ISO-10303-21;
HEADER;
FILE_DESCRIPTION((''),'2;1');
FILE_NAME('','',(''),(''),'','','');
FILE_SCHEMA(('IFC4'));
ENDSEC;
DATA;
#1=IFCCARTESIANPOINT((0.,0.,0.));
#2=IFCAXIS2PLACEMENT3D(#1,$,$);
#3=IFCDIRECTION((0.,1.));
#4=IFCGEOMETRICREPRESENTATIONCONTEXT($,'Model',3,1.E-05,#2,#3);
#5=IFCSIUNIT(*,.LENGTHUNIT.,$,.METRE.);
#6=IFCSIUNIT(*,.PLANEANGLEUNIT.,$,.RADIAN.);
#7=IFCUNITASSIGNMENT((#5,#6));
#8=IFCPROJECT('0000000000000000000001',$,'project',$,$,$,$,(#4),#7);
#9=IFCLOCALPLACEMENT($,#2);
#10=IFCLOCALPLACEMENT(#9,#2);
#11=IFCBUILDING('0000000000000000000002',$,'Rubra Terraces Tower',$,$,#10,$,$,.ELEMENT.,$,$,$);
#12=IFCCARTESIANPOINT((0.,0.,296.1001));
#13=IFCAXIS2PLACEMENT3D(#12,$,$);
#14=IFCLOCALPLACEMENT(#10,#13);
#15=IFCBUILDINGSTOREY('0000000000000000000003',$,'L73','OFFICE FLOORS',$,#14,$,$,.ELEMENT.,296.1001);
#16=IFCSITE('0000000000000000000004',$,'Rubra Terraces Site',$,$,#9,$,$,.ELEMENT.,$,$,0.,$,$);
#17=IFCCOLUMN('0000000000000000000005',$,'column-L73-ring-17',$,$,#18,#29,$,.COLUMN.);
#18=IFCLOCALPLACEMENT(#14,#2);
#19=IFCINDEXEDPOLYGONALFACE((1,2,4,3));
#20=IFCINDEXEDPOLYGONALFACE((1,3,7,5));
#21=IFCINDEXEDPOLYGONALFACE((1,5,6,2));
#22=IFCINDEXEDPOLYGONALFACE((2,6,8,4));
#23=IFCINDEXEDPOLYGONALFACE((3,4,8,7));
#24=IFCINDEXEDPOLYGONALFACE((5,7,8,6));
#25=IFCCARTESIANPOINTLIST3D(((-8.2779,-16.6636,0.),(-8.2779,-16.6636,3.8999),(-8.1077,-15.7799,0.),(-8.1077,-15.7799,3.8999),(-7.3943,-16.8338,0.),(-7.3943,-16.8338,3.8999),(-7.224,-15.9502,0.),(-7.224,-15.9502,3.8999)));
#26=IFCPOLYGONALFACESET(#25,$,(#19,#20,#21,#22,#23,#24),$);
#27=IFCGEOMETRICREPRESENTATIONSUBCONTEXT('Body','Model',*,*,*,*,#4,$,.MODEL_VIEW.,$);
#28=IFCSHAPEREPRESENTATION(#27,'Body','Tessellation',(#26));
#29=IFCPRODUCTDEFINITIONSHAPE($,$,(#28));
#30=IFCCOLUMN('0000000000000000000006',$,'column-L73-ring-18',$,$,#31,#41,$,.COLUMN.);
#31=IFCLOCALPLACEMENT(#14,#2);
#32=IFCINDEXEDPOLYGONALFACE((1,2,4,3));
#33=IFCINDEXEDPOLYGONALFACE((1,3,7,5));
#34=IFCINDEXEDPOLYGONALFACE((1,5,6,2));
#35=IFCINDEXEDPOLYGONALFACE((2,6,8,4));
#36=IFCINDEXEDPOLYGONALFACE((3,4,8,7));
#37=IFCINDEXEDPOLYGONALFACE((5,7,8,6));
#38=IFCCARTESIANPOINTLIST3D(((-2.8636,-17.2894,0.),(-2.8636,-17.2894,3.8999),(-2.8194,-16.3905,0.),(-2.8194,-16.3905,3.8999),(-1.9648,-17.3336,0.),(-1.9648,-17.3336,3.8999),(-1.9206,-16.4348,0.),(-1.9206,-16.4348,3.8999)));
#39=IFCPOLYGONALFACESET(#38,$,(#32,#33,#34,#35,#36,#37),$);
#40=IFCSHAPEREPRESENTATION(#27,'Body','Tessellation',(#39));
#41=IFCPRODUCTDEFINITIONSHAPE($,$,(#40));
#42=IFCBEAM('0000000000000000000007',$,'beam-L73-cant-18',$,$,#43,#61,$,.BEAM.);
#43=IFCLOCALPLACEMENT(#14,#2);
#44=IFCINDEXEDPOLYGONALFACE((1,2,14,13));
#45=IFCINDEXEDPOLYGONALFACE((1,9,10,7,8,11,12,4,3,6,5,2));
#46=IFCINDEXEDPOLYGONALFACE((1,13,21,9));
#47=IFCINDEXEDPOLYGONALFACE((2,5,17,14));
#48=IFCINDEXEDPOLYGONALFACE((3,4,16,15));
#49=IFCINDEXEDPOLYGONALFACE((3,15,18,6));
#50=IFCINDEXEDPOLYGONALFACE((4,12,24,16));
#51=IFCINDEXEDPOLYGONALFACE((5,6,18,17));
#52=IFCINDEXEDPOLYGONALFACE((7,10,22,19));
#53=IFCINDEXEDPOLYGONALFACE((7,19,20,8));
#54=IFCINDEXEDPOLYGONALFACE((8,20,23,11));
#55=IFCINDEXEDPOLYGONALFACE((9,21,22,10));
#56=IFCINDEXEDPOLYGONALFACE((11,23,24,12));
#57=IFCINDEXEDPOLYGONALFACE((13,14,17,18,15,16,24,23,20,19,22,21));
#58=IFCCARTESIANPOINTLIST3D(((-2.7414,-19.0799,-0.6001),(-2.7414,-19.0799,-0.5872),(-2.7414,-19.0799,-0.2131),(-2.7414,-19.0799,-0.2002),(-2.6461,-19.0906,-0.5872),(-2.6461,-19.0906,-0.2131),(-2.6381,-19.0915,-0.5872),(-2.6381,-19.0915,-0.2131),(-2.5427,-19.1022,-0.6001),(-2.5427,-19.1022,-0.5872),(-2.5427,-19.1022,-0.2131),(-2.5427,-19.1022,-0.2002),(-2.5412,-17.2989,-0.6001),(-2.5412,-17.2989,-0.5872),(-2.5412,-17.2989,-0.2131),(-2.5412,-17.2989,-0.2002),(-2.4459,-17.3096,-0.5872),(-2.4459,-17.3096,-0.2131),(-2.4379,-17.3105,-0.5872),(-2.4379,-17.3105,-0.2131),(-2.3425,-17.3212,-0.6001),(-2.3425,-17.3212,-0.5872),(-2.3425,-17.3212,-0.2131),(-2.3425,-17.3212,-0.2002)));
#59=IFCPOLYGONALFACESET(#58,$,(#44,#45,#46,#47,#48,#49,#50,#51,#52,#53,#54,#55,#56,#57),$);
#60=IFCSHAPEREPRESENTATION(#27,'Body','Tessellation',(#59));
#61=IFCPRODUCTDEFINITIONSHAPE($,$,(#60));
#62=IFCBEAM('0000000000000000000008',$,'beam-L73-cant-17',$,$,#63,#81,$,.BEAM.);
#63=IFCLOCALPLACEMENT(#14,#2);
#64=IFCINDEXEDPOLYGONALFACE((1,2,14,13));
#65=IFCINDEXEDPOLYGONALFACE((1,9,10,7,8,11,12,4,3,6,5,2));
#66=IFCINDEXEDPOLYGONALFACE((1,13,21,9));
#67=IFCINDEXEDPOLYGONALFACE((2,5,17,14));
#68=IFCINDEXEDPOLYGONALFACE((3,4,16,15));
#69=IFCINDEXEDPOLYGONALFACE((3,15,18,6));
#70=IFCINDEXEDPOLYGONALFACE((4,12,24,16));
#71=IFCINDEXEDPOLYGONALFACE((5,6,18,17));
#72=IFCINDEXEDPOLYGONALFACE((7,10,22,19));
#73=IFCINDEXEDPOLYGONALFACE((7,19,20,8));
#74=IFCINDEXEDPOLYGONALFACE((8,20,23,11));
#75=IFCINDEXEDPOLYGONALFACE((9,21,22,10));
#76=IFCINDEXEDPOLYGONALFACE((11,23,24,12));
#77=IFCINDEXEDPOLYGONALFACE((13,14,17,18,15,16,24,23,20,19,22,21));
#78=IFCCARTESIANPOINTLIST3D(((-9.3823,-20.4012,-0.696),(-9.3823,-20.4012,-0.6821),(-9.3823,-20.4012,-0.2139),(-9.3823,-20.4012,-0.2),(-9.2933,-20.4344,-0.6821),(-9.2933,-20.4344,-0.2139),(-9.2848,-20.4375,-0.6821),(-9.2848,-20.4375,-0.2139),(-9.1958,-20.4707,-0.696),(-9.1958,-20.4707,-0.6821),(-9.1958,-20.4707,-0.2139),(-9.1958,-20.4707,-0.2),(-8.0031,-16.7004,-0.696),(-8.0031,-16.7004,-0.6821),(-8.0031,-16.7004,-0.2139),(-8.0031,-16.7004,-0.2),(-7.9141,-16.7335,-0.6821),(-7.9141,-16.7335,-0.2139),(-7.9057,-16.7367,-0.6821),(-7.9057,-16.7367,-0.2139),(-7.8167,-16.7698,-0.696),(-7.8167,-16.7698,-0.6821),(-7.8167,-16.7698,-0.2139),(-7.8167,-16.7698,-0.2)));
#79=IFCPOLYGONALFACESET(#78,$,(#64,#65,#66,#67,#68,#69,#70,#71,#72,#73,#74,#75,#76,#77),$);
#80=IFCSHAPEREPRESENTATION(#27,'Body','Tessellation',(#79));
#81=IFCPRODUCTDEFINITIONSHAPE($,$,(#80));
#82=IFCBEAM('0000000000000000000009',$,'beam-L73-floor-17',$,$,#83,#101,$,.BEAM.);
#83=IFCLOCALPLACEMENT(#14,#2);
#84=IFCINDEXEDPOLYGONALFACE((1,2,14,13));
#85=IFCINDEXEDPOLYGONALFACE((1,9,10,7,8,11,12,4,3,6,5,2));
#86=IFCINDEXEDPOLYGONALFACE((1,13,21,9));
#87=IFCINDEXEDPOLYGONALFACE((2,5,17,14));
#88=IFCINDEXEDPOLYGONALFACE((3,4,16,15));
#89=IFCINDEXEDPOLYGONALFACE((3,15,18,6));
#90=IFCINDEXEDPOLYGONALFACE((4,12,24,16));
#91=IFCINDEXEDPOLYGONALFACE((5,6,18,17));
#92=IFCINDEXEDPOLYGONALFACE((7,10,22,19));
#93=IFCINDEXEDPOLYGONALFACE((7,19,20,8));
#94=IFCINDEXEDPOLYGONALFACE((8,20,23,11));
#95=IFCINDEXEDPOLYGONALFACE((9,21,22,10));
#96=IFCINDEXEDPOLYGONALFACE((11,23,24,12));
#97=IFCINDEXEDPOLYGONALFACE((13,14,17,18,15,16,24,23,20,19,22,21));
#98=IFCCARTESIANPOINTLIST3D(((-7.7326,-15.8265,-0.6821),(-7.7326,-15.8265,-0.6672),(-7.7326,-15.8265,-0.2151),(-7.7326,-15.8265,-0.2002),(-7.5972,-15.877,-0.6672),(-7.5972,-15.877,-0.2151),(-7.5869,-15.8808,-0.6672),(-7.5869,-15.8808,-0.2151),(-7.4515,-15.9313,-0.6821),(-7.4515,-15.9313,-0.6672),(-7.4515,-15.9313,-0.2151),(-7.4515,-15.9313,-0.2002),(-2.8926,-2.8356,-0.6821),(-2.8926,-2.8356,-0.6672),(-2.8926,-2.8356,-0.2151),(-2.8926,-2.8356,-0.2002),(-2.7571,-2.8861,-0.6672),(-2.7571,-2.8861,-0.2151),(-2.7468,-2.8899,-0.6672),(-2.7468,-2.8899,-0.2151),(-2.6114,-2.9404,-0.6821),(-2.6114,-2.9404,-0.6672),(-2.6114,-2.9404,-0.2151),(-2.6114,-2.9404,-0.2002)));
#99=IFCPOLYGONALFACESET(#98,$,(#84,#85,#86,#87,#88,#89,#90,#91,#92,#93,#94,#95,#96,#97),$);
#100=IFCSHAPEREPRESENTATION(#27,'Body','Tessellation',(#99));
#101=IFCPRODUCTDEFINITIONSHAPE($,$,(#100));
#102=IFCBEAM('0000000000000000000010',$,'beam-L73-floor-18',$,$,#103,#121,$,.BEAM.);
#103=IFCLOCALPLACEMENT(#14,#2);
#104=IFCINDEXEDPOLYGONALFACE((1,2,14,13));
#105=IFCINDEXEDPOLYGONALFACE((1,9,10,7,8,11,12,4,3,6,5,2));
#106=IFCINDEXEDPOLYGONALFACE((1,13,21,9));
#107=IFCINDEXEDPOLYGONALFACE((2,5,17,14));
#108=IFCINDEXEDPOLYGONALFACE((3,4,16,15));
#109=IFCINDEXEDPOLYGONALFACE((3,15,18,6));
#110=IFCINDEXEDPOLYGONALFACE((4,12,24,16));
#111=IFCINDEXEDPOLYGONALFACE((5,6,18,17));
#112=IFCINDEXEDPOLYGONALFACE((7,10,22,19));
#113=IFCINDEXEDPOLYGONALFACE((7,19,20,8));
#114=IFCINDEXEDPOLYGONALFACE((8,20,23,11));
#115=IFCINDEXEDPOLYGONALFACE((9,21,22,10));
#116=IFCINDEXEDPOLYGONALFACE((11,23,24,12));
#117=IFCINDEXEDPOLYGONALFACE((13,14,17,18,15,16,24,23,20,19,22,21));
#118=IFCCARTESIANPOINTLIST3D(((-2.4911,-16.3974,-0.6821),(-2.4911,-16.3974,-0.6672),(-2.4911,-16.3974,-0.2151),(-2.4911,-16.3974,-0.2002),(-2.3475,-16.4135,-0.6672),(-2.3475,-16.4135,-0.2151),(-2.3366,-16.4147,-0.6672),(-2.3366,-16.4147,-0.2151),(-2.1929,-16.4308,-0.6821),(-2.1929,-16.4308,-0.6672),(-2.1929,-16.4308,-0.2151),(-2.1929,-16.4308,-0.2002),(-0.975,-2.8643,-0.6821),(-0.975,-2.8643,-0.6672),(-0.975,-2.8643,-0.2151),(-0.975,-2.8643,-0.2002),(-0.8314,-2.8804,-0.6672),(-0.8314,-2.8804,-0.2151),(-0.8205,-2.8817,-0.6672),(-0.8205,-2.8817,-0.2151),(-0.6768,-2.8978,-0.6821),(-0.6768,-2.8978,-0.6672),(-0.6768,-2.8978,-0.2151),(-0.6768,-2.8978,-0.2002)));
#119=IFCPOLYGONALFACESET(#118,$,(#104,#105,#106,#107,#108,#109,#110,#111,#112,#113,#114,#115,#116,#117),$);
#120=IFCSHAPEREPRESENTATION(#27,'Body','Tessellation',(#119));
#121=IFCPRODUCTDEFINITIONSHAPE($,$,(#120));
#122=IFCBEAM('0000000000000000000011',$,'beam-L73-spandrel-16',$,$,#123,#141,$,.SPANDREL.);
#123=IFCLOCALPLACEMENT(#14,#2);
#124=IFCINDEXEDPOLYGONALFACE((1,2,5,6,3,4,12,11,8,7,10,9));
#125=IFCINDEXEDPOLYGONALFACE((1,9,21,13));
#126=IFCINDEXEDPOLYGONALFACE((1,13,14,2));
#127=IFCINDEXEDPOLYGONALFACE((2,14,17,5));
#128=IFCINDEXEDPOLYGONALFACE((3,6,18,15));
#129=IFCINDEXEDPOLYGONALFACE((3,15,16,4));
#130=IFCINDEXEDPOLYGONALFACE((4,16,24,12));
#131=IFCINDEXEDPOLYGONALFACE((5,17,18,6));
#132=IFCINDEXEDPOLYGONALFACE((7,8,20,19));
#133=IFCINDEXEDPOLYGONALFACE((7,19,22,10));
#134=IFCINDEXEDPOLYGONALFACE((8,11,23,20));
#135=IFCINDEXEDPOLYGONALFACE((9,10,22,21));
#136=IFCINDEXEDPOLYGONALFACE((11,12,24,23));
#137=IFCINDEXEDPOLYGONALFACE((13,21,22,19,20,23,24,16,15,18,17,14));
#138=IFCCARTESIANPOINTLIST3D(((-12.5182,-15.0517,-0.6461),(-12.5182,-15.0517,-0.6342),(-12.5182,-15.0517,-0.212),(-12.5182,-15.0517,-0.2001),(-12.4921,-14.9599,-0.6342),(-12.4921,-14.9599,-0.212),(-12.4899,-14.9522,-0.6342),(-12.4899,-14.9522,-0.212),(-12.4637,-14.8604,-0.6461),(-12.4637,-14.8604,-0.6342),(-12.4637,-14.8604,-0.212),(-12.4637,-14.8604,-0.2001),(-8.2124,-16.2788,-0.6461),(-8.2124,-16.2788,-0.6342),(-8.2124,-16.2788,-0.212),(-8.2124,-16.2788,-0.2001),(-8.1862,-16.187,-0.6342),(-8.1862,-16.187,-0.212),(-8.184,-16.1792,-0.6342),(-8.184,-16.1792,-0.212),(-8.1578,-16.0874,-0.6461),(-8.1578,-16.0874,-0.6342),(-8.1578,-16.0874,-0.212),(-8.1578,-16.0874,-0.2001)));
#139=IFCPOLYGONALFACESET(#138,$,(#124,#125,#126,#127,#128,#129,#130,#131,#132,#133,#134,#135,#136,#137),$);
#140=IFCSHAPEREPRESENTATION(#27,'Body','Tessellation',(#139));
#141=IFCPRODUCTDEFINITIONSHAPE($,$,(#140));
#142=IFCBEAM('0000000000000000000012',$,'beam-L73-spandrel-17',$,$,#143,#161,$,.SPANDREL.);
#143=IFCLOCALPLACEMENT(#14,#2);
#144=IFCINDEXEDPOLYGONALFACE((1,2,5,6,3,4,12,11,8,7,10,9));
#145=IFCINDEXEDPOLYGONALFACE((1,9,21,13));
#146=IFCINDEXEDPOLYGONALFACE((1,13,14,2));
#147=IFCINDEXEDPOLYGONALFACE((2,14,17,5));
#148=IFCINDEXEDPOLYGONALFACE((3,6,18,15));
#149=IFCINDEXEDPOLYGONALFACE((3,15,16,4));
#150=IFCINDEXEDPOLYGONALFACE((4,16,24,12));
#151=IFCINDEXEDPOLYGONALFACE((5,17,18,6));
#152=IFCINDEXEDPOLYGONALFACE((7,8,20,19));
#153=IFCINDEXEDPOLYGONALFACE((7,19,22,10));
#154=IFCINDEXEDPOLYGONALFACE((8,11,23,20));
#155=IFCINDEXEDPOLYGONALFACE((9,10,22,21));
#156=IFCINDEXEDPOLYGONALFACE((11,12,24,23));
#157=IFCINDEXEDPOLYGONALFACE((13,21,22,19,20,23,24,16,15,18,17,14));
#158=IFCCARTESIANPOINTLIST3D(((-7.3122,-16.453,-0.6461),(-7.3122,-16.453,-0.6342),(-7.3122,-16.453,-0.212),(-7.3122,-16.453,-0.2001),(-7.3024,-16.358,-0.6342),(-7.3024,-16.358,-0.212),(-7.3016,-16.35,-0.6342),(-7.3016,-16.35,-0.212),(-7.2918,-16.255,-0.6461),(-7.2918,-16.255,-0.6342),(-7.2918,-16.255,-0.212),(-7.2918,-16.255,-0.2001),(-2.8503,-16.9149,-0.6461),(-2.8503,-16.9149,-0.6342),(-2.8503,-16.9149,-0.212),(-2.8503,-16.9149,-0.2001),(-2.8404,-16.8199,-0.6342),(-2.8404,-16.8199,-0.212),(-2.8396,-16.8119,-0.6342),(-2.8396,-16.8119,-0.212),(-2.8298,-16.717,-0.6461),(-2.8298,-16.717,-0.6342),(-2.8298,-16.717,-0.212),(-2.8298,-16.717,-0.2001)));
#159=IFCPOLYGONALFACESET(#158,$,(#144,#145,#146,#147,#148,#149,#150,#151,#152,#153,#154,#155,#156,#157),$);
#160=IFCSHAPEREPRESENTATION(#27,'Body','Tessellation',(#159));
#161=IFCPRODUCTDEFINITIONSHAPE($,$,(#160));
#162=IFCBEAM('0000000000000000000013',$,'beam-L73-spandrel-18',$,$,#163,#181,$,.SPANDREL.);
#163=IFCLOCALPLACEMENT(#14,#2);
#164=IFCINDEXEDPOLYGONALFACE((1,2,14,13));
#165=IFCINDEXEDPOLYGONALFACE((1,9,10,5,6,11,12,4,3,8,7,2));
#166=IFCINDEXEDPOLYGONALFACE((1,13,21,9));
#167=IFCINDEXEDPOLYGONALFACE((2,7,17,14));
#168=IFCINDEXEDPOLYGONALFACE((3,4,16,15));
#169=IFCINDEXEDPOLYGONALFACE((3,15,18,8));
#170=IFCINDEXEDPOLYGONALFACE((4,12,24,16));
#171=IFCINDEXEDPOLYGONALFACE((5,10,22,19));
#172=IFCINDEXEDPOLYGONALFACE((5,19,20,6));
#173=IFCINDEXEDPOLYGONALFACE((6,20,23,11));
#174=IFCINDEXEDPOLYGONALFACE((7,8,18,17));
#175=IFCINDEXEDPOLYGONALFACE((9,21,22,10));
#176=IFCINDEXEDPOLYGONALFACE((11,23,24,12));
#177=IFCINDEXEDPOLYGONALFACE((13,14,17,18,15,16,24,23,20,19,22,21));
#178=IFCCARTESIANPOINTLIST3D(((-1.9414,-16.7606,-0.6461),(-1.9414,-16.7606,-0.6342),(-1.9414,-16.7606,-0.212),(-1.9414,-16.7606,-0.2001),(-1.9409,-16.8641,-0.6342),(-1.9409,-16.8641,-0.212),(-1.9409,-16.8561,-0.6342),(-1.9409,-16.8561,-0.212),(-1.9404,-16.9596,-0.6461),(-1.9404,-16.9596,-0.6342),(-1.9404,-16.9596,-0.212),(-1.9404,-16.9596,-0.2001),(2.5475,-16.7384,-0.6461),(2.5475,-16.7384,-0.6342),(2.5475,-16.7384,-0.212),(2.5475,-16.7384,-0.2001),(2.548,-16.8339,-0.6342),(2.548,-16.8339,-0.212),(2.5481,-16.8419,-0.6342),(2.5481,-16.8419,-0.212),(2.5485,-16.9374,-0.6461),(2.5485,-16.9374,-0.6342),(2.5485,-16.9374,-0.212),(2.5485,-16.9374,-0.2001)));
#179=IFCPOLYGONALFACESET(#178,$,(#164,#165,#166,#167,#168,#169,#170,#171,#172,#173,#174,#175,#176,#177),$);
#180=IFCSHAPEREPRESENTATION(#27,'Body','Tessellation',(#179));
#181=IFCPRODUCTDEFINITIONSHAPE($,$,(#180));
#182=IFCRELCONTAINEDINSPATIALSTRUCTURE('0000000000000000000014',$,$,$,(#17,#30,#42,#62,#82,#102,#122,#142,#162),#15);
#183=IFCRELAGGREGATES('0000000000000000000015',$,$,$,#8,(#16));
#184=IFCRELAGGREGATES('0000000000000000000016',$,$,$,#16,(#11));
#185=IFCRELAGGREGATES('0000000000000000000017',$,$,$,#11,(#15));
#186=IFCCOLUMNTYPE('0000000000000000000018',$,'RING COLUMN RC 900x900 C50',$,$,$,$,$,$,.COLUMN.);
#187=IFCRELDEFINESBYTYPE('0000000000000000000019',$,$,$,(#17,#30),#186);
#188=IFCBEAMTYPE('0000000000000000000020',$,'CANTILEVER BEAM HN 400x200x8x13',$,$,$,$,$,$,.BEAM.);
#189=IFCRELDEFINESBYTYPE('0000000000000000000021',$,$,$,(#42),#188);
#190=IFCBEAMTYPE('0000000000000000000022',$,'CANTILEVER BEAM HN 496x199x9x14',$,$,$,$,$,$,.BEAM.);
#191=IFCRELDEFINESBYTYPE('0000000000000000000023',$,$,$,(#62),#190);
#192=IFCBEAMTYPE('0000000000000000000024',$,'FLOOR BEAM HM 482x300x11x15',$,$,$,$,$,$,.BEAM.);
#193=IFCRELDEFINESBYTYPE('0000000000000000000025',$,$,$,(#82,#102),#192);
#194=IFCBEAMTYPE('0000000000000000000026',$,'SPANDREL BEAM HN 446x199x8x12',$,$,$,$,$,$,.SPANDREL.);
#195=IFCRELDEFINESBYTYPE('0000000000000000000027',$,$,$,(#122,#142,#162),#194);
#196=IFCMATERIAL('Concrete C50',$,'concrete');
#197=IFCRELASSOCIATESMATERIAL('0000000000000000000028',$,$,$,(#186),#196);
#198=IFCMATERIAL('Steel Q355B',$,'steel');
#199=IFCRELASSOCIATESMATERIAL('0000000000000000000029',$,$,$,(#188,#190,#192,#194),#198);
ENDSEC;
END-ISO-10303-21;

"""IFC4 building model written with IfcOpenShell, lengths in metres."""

from ifc_helpers import new_model, si_unit, direction, frame, origin, origin_2d, place, context, subcontext, project, spatial, rectangle, i_section, extrude, material, material_profile, profile_set, type_object, element, save


model = new_model("IFC4")

# Units and contexts
model_context = context("Model", 3, precision=1e-05, world=origin(), true_north=direction((0.0, 1.0)))
body_context = subcontext(model_context, "Body", "Model", "MODEL_VIEW")
ifc_project = project(units=[si_unit("LENGTHUNIT", "METRE"), si_unit("PLANEANGLEUNIT", "RADIAN")], contexts=[model_context])

# Site, building, storey
site_placement = place(None, origin())
site = spatial("IfcSite", under=ifc_project, at=site_placement, Name="Rubra Terraces Site", CompositionType="ELEMENT", RefElevation=0.0)
building_placement = place(site_placement, origin())
building = spatial("IfcBuilding", under=site, at=building_placement, Name="Rubra Terraces Tower", CompositionType="ELEMENT")
storey_placement = place(building_placement, frame((0.0, 0.0, 296.1001)))
storey = spatial("IfcBuildingStorey", under=building, at=storey_placement, Name="L73", Description="OFFICE FLOORS", CompositionType="ELEMENT", Elevation=296.1001)

# Columns
ifc_material_1 = material(Name="Concrete C50", Category="concrete")
ifc_material_profile_1 = material_profile(ifc_material_1, rectangle(XDim=0.8999, YDim=0.8999, at=origin_2d()), Name="RC 900x900")
ifc_profile_set_1 = profile_set([ifc_material_profile_1], Name="Concrete C50")
column_type = type_object("IfcColumnType", Name="RING COLUMN RC 900x900 C50", PredefinedType="COLUMN", material=ifc_profile_set_1)
for number, where, z_axis, x_axis, name in (
    (1, (-7.751, -16.3069, 0.0), (0.0, 0.0, 1.0), (0.981937, -0.18921, 0.0), "column-L73-ring-17"),
    (2, (-2.3921, -16.8621, 0.0), (0.0, 0.0, 1.0), (0.998791, -0.04915, 0.0), "column-L73-ring-18"),
):
    element("IfcColumn", number, at=place(storey_placement, frame(where, z_axis=z_axis, x_axis=x_axis)), inside=storey, type_object=column_type, Name=name, PredefinedType="COLUMN", context=body_context, shape_type="SweptSolid", body=[
        extrude(rectangle(XDim=0.8999, YDim=0.8999, at=origin_2d()), origin(), (0.0, 0.0, 1.0), 3.8999),
    ])

# Beams
ifc_material_2 = material(Name="Steel Q355B", Category="steel")
ifc_material_profile_2 = material_profile(ifc_material_2, i_section(OverallWidth=0.2, OverallDepth=0.3999, WebThickness=0.0081, FlangeThickness=0.0129, at=origin_2d()), Name="HN 400x200x8x13")
ifc_profile_set_2 = profile_set([ifc_material_profile_2], Name="Steel Q355B")
beam_type_1 = type_object("IfcBeamType", Name="CANTILEVER BEAM HN 400x200x8x13", PredefinedType="BEAM", material=ifc_profile_set_2)
beam_1_placement = place(storey_placement, frame((-2.4419, -17.3101, -0.4001), z_axis=(-0.111702, -0.993742, 0.0), x_axis=(0.993742, -0.111702, 0.0)))
element("IfcBeam", 3, at=beam_1_placement, inside=storey, type_object=beam_type_1, Name="beam-L73-cant-18", PredefinedType="BEAM", context=body_context, shape_type="SweptSolid", body=[
    extrude(i_section(OverallWidth=0.2, OverallDepth=0.3999, WebThickness=0.0081, FlangeThickness=0.0129, at=origin_2d()), origin(), (0.0, 0.0, 1.0), 1.7922),
])
ifc_material_profile_3 = material_profile(ifc_material_2, i_section(OverallWidth=0.199, OverallDepth=0.4961, WebThickness=0.009, FlangeThickness=0.0139, at=origin_2d()), Name="HN 496x199x9x14")
ifc_profile_set_3 = profile_set([ifc_material_profile_3], Name="Steel Q355B")
beam_type_2 = type_object("IfcBeamType", Name="CANTILEVER BEAM HN 496x199x9x14", PredefinedType="BEAM", material=ifc_profile_set_3)
beam_2_placement = place(storey_placement, frame((-7.9099, -16.7351, -0.448), z_axis=(-0.349192, -0.937051, 0.0), x_axis=(0.937051, -0.349192, 0.0)))
element("IfcBeam", 4, at=beam_2_placement, inside=storey, type_object=beam_type_2, Name="beam-L73-cant-17", PredefinedType="BEAM", context=body_context, shape_type="SweptSolid", body=[
    extrude(i_section(OverallWidth=0.199, OverallDepth=0.4961, WebThickness=0.009, FlangeThickness=0.0139, at=origin_2d()), origin(), (0.0, 0.0, 1.0), 3.9495),
])
ifc_material_profile_4 = material_profile(ifc_material_2, i_section(OverallWidth=0.3, OverallDepth=0.4819, WebThickness=0.011, FlangeThickness=0.0149, at=origin_2d()), Name="HM 482x300x11x15")
ifc_profile_set_4 = profile_set([ifc_material_profile_4], Name="Steel Q355B")
beam_type_3 = type_object("IfcBeamType", Name="FLOOR BEAM HM 482x300x11x15", PredefinedType="BEAM", material=ifc_profile_set_4)
beam_3_placement = place(storey_placement, frame((-7.592, -15.8789, -0.4412), z_axis=(0.349129, 0.937075, 0.0), x_axis=(-0.937075, 0.349129, 0.0)))
element("IfcBeam", 5, at=beam_3_placement, inside=storey, type_object=beam_type_3, Name="beam-L73-floor-17", PredefinedType="BEAM", context=body_context, shape_type="SweptSolid", body=[
    extrude(i_section(OverallWidth=0.3, OverallDepth=0.4819, WebThickness=0.011, FlangeThickness=0.0149, at=origin_2d()), origin(), (0.0, 0.0, 1.0), 13.8633),
])
beam_4_placement = place(storey_placement, frame((-2.342, -16.4141, -0.4412), z_axis=(0.111335, 0.993783, 0.0), x_axis=(-0.993783, 0.111335, 0.0)))
element("IfcBeam", 6, at=beam_4_placement, inside=storey, type_object=beam_type_3, Name="beam-L73-floor-18", PredefinedType="BEAM", context=body_context, shape_type="SweptSolid", body=[
    extrude(i_section(OverallWidth=0.3, OverallDepth=0.4819, WebThickness=0.011, FlangeThickness=0.0149, at=origin_2d()), origin(), (0.0, 0.0, 1.0), 13.6177),
])
ifc_material_profile_5 = material_profile(ifc_material_2, i_section(OverallWidth=0.199, OverallDepth=0.446, WebThickness=0.0081, FlangeThickness=0.012, at=origin_2d()), Name="HN 446x199x8x12")
ifc_profile_set_5 = profile_set([ifc_material_profile_5], Name="Steel Q355B")
beam_type_4 = type_object("IfcBeamType", Name="SPANDREL BEAM HN 446x199x8x12", PredefinedType="SPANDREL", material=ifc_profile_set_5)
beam_5_placement = place(storey_placement, frame((-12.491, -14.9561, -0.4231), z_axis=(0.961713, -0.274058, 0.0), x_axis=(0.274058, 0.961713, 0.0)))
element("IfcBeam", 7, at=beam_5_placement, inside=storey, type_object=beam_type_4, Name="beam-L73-spandrel-16", PredefinedType="SPANDREL", context=body_context, shape_type="SweptSolid", body=[
    extrude(i_section(OverallWidth=0.199, OverallDepth=0.446, WebThickness=0.0081, FlangeThickness=0.012, at=origin_2d()), origin(), (0.0, 0.0, 1.0), 4.4773),
])
beam_6_placement = place(storey_placement, frame((-7.302, -16.354, -0.4231), z_axis=(0.994684, -0.102973, 0.0), x_axis=(0.102973, 0.994684, 0.0)))
element("IfcBeam", 8, at=beam_6_placement, inside=storey, type_object=beam_type_4, Name="beam-L73-spandrel-17", PredefinedType="SPANDREL", context=body_context, shape_type="SweptSolid", body=[
    extrude(i_section(OverallWidth=0.199, OverallDepth=0.446, WebThickness=0.0081, FlangeThickness=0.012, at=origin_2d()), origin(), (0.0, 0.0, 1.0), 4.4858),
])
beam_7_placement = place(storey_placement, frame((-1.9409, -16.8601, -0.4231), z_axis=(0.999988, 0.004949, 0.0), x_axis=(-0.004949, 0.999988, 0.0)))
element("IfcBeam", 9, at=beam_7_placement, inside=storey, type_object=beam_type_4, Name="beam-L73-spandrel-18", PredefinedType="SPANDREL", context=body_context, shape_type="SweptSolid", body=[
    extrude(i_section(OverallWidth=0.199, OverallDepth=0.446, WebThickness=0.0081, FlangeThickness=0.012, at=origin_2d()), origin(), (0.0, 0.0, 1.0), 4.489),
])

save(model, "model.ifc")
